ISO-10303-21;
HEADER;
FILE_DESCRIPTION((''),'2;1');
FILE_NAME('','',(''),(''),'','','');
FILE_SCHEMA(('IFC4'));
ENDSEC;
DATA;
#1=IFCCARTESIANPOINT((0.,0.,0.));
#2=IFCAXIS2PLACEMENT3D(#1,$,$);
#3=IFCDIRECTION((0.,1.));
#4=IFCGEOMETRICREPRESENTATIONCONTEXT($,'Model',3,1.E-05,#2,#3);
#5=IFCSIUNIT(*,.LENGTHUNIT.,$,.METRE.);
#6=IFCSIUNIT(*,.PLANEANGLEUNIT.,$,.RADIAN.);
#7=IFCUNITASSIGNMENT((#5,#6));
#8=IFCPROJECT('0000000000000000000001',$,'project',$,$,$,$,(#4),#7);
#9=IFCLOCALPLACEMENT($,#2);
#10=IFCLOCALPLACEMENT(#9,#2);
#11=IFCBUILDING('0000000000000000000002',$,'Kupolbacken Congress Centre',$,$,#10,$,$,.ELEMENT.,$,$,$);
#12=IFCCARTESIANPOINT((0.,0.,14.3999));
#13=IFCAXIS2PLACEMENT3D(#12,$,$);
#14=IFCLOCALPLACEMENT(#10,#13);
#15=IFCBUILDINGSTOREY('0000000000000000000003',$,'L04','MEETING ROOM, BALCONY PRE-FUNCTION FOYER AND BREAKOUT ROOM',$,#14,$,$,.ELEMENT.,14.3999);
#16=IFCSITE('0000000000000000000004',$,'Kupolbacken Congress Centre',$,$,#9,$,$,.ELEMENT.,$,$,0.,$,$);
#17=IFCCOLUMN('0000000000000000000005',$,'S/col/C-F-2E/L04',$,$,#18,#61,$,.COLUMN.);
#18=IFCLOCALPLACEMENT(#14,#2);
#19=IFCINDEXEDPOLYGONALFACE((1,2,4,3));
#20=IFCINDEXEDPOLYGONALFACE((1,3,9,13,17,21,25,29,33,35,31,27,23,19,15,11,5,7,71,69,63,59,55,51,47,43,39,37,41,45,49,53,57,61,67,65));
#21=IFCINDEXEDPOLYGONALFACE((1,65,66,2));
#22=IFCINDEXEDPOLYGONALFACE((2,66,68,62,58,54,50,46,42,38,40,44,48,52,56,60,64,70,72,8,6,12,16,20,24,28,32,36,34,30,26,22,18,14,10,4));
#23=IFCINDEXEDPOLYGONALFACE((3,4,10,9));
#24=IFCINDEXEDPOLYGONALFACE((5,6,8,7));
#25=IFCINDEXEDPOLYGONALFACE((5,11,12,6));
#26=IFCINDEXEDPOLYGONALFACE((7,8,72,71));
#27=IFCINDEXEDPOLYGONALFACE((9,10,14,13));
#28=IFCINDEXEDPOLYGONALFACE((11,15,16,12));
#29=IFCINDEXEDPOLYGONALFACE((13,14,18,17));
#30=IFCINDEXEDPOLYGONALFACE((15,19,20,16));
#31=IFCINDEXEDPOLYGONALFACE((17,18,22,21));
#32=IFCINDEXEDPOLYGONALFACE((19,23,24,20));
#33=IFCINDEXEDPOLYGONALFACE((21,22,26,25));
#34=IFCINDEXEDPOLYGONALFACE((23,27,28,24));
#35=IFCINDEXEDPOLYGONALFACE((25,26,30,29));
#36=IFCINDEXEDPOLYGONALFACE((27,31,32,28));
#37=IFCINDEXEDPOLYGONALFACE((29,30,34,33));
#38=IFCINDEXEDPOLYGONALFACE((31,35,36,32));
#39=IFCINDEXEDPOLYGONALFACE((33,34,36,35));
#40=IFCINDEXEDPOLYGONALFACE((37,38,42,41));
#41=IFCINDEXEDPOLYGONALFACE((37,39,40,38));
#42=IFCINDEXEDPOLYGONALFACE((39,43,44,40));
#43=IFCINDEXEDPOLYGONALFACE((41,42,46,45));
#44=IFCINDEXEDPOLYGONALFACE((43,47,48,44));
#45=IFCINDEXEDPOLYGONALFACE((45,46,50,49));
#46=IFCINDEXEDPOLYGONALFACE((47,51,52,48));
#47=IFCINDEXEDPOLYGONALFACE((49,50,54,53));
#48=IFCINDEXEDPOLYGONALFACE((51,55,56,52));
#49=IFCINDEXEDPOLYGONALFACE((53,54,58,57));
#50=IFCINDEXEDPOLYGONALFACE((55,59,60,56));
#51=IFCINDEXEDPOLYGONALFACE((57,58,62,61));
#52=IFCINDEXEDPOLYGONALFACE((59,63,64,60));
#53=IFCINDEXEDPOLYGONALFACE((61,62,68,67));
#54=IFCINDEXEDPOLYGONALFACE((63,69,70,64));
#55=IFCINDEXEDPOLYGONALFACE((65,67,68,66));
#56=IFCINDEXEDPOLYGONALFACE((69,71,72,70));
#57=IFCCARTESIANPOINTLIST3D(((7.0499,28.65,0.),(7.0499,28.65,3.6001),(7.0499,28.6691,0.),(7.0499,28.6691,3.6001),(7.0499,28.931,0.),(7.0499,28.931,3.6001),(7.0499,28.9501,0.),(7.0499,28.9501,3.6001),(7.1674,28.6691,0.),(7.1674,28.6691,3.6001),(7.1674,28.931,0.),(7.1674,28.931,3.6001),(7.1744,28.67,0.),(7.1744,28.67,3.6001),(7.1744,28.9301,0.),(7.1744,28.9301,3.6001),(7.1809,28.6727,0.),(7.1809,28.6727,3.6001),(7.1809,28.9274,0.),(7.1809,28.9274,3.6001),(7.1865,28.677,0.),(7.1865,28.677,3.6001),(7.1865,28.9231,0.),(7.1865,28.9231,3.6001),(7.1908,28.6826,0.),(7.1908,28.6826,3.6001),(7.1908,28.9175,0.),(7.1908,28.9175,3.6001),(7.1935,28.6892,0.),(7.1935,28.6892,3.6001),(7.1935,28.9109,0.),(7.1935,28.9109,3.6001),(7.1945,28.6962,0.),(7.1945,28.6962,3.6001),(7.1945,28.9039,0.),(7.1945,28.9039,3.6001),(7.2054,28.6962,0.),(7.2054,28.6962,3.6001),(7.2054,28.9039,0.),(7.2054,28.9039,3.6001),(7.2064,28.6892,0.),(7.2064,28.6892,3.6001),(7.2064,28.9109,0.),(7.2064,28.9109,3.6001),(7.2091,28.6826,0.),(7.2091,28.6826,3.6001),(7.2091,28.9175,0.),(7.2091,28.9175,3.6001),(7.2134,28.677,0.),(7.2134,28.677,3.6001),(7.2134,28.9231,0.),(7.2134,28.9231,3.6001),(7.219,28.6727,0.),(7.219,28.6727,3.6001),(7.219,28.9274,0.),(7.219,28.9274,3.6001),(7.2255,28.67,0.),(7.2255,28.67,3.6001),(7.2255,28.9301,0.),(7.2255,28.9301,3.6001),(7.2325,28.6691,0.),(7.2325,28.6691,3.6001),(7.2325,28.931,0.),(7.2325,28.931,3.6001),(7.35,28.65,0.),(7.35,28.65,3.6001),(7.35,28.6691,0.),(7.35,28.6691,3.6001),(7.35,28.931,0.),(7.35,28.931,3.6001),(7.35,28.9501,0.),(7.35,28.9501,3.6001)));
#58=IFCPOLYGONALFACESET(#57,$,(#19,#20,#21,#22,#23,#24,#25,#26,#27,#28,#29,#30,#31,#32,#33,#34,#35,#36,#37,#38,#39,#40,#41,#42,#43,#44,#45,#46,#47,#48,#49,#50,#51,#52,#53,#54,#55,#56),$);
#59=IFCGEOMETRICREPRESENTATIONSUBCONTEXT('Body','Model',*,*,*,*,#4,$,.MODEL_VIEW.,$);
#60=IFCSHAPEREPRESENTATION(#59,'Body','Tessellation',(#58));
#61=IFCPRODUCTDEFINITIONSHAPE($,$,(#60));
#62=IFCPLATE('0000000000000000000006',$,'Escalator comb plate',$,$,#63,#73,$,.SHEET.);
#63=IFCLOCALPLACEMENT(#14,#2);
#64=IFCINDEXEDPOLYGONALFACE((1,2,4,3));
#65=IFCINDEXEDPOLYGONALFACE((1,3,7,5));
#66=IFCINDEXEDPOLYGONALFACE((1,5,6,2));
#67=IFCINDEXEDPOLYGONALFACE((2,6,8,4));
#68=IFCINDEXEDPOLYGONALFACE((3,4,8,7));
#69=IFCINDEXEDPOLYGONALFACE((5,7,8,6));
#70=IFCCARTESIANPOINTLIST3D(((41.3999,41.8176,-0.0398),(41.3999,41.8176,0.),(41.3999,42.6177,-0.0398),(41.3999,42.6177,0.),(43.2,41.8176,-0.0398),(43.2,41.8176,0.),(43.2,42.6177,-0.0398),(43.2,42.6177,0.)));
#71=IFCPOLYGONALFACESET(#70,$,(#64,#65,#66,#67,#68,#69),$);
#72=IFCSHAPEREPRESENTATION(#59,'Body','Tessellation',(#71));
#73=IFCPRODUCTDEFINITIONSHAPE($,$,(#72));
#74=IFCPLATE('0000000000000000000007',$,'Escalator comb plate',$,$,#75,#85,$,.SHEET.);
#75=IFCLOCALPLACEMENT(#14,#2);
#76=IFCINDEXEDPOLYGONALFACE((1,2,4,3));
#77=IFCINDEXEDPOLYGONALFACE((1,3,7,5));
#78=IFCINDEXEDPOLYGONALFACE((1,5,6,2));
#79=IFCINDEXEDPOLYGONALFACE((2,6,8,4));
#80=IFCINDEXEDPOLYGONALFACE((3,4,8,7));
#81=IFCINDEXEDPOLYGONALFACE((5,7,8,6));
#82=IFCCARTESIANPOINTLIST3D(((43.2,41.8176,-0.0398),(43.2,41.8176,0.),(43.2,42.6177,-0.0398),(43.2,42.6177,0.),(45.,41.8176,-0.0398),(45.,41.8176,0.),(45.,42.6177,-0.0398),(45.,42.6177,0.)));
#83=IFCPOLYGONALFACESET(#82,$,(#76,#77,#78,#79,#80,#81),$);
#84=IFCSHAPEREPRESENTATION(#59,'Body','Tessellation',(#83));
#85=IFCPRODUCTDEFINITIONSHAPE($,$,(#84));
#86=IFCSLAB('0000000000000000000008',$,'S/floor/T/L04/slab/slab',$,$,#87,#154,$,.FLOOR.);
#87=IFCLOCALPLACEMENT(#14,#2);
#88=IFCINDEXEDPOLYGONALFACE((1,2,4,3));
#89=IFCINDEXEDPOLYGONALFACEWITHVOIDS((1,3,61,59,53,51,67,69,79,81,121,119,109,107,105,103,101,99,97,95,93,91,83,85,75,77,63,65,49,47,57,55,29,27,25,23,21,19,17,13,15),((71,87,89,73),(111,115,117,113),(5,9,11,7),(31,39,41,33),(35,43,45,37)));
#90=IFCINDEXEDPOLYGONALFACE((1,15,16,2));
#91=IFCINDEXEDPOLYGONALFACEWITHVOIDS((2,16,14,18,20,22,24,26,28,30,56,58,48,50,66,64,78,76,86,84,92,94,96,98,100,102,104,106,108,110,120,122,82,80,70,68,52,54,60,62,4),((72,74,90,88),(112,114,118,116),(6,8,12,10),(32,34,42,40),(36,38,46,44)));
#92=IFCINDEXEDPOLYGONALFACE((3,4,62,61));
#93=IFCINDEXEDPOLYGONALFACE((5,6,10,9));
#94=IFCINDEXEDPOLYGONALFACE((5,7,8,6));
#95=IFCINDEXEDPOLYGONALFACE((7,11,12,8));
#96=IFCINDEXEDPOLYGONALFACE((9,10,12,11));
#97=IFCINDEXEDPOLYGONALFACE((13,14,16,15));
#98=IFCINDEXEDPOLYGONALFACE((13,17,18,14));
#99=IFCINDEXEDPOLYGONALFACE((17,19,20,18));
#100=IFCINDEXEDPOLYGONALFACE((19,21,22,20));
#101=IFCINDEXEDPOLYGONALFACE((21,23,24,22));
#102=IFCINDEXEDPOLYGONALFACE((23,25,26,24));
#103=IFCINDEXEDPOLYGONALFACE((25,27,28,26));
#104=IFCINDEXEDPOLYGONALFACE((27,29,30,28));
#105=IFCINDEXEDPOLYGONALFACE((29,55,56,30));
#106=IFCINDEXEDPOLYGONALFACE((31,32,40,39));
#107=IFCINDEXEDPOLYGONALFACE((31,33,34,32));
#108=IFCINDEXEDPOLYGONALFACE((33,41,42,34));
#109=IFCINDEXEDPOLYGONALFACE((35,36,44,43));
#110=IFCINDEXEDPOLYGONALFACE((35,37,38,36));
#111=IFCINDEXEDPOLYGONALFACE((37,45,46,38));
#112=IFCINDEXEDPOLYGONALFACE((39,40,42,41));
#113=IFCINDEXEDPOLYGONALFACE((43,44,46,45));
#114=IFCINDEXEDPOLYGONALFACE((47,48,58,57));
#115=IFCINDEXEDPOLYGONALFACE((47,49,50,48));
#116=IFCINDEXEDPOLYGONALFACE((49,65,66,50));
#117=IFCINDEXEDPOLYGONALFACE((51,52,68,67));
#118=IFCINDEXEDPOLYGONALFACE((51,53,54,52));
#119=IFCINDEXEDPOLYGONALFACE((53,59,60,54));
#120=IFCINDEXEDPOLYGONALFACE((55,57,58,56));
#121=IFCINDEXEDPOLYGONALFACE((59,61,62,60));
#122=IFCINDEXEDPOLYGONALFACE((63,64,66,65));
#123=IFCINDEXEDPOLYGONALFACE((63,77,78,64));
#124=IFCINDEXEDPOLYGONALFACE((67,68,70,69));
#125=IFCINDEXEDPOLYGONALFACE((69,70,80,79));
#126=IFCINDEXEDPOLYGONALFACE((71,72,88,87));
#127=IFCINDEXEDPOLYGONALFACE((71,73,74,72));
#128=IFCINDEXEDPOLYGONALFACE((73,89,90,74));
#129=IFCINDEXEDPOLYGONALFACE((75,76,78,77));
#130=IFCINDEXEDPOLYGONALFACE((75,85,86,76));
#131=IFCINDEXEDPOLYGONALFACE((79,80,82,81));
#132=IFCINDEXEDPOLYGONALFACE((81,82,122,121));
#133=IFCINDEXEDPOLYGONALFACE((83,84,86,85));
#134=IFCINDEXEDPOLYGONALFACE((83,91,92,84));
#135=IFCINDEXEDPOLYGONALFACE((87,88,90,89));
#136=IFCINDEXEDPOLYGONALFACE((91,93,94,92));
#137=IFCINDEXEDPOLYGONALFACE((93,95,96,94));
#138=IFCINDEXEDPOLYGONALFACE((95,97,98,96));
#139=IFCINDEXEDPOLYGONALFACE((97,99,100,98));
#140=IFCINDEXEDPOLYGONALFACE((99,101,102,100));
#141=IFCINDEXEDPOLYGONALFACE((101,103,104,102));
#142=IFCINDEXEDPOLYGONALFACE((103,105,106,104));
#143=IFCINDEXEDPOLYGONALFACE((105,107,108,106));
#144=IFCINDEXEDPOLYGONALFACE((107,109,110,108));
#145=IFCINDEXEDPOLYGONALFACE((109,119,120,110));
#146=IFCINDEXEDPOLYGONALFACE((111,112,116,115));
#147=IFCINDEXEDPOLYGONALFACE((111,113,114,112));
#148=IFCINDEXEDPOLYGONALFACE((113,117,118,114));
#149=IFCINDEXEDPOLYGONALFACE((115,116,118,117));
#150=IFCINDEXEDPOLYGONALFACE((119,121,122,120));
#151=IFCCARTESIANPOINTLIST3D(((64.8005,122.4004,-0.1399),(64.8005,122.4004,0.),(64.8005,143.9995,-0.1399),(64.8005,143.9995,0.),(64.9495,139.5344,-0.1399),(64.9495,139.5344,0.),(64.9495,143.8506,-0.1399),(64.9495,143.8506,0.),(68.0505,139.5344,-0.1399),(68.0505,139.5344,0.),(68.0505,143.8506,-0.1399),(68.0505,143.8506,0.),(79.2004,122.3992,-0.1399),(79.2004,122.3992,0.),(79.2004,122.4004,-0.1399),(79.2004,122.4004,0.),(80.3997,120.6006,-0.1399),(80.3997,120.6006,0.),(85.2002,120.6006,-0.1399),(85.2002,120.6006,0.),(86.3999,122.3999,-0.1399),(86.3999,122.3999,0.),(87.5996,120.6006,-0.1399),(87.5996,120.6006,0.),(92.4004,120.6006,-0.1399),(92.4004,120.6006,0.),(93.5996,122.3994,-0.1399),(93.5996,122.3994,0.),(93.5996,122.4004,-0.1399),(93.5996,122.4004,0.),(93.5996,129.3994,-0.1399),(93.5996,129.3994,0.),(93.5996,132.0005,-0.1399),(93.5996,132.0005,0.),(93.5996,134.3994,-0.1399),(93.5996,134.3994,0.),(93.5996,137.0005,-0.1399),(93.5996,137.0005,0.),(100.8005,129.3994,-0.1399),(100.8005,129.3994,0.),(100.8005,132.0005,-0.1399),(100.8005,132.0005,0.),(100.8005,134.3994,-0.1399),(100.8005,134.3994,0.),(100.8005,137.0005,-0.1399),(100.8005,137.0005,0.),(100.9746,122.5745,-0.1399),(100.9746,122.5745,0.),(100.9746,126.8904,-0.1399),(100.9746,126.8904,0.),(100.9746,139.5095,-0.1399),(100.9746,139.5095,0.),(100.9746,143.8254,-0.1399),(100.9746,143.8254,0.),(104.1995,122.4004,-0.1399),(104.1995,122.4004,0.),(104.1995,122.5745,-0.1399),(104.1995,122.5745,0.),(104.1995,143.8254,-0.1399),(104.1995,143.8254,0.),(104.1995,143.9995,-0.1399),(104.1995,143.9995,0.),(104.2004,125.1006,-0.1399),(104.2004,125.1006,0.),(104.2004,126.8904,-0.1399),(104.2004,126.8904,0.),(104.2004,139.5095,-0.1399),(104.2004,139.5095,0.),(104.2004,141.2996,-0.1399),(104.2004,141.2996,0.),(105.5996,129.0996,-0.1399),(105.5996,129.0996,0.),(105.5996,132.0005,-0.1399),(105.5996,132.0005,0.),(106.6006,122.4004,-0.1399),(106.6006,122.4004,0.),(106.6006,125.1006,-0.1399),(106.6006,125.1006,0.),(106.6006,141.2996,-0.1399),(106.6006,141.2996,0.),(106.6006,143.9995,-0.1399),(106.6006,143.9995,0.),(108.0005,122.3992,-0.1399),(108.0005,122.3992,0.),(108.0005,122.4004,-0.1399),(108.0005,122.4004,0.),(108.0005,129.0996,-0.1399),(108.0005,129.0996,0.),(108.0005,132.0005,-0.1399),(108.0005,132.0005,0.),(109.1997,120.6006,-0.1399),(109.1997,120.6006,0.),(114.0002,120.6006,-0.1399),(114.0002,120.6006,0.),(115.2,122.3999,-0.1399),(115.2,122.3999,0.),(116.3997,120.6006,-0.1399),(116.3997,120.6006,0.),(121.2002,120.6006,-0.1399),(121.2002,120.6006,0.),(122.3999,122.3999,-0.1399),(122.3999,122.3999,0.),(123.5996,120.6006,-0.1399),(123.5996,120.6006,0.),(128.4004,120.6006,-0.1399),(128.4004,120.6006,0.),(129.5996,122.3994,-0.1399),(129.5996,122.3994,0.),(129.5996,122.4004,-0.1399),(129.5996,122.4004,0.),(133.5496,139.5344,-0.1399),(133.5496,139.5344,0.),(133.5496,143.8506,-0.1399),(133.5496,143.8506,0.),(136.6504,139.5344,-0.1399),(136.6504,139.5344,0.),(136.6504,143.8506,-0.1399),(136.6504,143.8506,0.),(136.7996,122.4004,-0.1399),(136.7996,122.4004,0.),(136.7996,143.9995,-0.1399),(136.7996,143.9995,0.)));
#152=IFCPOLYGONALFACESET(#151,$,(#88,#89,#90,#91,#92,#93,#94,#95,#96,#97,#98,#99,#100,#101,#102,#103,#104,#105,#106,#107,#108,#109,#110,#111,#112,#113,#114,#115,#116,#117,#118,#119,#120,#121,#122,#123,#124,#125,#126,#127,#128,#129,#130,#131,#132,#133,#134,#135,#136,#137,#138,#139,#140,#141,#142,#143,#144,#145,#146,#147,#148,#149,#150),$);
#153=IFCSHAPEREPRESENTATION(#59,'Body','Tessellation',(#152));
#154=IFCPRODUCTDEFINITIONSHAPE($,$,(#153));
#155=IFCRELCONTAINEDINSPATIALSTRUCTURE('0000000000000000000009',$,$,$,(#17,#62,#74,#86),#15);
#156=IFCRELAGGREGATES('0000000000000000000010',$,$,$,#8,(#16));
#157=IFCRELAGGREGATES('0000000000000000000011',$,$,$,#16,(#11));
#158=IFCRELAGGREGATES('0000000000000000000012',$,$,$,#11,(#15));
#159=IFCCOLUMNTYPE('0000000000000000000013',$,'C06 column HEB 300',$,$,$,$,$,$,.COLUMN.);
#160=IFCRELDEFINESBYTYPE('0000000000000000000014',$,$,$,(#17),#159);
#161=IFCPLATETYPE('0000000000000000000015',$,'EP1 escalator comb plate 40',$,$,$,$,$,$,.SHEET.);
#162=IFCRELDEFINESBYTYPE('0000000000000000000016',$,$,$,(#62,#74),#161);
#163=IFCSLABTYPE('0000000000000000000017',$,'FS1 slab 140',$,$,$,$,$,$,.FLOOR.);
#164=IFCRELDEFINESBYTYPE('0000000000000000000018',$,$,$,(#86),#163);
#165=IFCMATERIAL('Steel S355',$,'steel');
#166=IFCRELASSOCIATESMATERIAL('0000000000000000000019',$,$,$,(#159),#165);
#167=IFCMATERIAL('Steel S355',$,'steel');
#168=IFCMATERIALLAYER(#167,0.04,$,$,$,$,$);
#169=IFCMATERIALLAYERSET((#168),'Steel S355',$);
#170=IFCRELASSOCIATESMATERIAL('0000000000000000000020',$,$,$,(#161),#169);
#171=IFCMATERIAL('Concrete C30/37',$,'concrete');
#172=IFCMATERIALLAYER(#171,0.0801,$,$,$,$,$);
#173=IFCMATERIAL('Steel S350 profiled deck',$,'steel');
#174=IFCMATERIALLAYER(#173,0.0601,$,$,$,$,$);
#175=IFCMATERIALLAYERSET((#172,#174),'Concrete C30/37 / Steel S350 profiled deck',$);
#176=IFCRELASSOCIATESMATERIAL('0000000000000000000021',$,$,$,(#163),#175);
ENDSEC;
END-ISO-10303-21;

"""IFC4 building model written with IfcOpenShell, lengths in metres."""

from ifc_helpers import new_model, si_unit, direction, frame, origin, origin_2d, place, context, subcontext, project, spatial, polyline, i_section, outline, extrude, material, layer, layer_set, material_profile, profile_set, type_object, element, save


model = new_model("IFC4")

# Units and contexts
model_context = context("Model", 3, precision=1e-05, world=origin(), true_north=direction((0.0, 1.0)))
body_context = subcontext(model_context, "Body", "Model", "MODEL_VIEW")
ifc_project = project(units=[si_unit("LENGTHUNIT", "METRE"), si_unit("PLANEANGLEUNIT", "RADIAN")], contexts=[model_context])

# Site, building, storey
site_placement = place(None, origin())
site = spatial("IfcSite", under=ifc_project, at=site_placement, Name="Kupolbacken Congress Centre", CompositionType="ELEMENT", RefElevation=0.0)
building_placement = place(site_placement, origin())
building = spatial("IfcBuilding", under=site, at=building_placement, Name="Kupolbacken Congress Centre", CompositionType="ELEMENT")
storey_placement = place(building_placement, frame((0.0, 0.0, 14.3999)))
storey = spatial("IfcBuildingStorey", under=building, at=storey_placement, Name="L04", Description="MEETING ROOM, BALCONY PRE-FUNCTION FOYER AND BREAKOUT ROOM", CompositionType="ELEMENT", Elevation=14.3999)

# Column
ifc_material_1 = material(Name="Steel S355", Category="steel")
ifc_material_profile = material_profile(ifc_material_1, i_section(OverallWidth=0.3, OverallDepth=0.3, WebThickness=0.011, FlangeThickness=0.019, FilletRadius=0.0271, at=origin_2d()), Name="HEB 300")
ifc_profile_set = profile_set([ifc_material_profile], Name="Steel S355")
column_type = type_object("IfcColumnType", Name="C06 column HEB 300", PredefinedType="COLUMN", material=ifc_profile_set)
column_placement = place(storey_placement, frame((7.2, 28.8, 0.0), z_axis=(0.0, 0.0, 1.0), x_axis=(1.0, 0.0, 0.0)))
element("IfcColumn", 1, at=column_placement, inside=storey, type_object=column_type, Name="S/col/C-F-2E/L04", PredefinedType="COLUMN", context=body_context, shape_type="SweptSolid", body=[
    extrude(i_section(OverallWidth=0.3, OverallDepth=0.3, WebThickness=0.011, FlangeThickness=0.019, FilletRadius=0.0271, at=origin_2d()), origin(), (0.0, 0.0, 1.0), 3.6001),
])

# Plates
ifc_material_2 = material(Name="Steel S355", Category="steel")
ifc_layer_1 = layer(ifc_material_2, 0.04)
ifc_layer_set_1 = layer_set([ifc_layer_1], Name="Steel S355")
plate_type = type_object("IfcPlateType", Name="EP1 escalator comb plate 40", PredefinedType="SHEET", material=ifc_layer_set_1)
plate_1_placement = place(storey_placement, frame((0.0, 0.0, -0.0398)))
element("IfcPlate", 2, at=plate_1_placement, inside=storey, type_object=plate_type, Name="Escalator comb plate", PredefinedType="SHEET", context=body_context, shape_type="SweptSolid", body=[
    extrude(outline(polyline([(41.3999, 41.8176), (43.2, 41.8176), (43.2, 42.6177), (41.3999, 42.6177), (41.3999, 41.8176)])), origin(), (0.0, 0.0, 1.0), 0.0398),
])
plate_2_placement = place(storey_placement, frame((0.0, 0.0, -0.0398)))
element("IfcPlate", 3, at=plate_2_placement, inside=storey, type_object=plate_type, Name="Escalator comb plate", PredefinedType="SHEET", context=body_context, shape_type="SweptSolid", body=[
    extrude(outline(polyline([(43.2, 41.8176), (45.0, 41.8176), (45.0, 42.6177), (43.2, 42.6177), (43.2, 41.8176)])), origin(), (0.0, 0.0, 1.0), 0.0398),
])

# Slab
ifc_material_3 = material(Name="Concrete C30/37", Category="concrete")
ifc_layer_2 = layer(ifc_material_3, 0.0801)
ifc_material_4 = material(Name="Steel S350 profiled deck", Category="steel")
ifc_layer_3 = layer(ifc_material_4, 0.0601)
ifc_layer_set_2 = layer_set([ifc_layer_2, ifc_layer_3], Name="Concrete C30/37 / Steel S350 profiled deck")
slab_type_1 = type_object("IfcSlabType", Name="FS1 slab 140", PredefinedType="FLOOR", material=ifc_layer_set_2)
slab_1_placement = place(storey_placement, frame((0.0, 0.0, -0.1399)))
element("IfcSlab", 4, at=slab_1_placement, inside=storey, type_object=slab_type_1, Name="S/floor/T/L04/slab/slab", PredefinedType="FLOOR", context=body_context, shape_type="SweptSolid", body=[
    extrude(outline(polyline([(79.2004, 122.3992), (80.3997, 120.6006), (85.2002, 120.6006), (86.3999, 122.3999), (87.5996, 120.6006), (92.4004, 120.6006), (93.5996, 122.3994), (93.5996, 122.4004), (104.1995, 122.4004), (104.1995, 122.5745), (100.9746, 122.5745), (100.9746, 126.8904), (104.2004, 126.8904), (104.2004, 125.1006), (106.6006, 125.1006), (106.6006, 122.4004), (108.0005, 122.4004), (108.0005, 122.3992), (109.1997, 120.6006), (114.0002, 120.6006), (115.2, 122.3999), (116.3997, 120.6006), (121.2002, 120.6006), (122.3999, 122.3999), (123.5996, 120.6006), (128.4004, 120.6006), (129.5996, 122.3994), (129.5996, 122.4004), (136.7996, 122.4004), (136.7996, 143.9995), (106.6006, 143.9995), (106.6006, 141.2996), (104.2004, 141.2996), (104.2004, 139.5095), (100.9746, 139.5095), (100.9746, 143.8254), (104.1995, 143.8254), (104.1995, 143.9995), (64.8005, 143.9995), (64.8005, 122.4004), (79.2004, 122.4004), (79.2004, 122.3992)]), holes=[polyline([(136.6504, 139.5344), (133.5496, 139.5344), (133.5496, 143.8506), (136.6504, 143.8506), (136.6504, 139.5344)]), polyline([(108.0005, 129.0996), (105.5996, 129.0996), (105.5996, 132.0005), (108.0005, 132.0005), (108.0005, 129.0996)]), polyline([(93.5996, 132.0005), (100.8005, 132.0005), (100.8005, 129.3994), (93.5996, 129.3994), (93.5996, 132.0005)]), polyline([(93.5996, 137.0005), (100.8005, 137.0005), (100.8005, 134.3994), (93.5996, 134.3994), (93.5996, 137.0005)]), polyline([(68.0505, 143.8506), (68.0505, 139.5344), (64.9495, 139.5344), (64.9495, 143.8506), (68.0505, 143.8506)])]), origin(), (0.0, 0.0, 1.0), 0.1399),
])

save(model, "model.ifc")
